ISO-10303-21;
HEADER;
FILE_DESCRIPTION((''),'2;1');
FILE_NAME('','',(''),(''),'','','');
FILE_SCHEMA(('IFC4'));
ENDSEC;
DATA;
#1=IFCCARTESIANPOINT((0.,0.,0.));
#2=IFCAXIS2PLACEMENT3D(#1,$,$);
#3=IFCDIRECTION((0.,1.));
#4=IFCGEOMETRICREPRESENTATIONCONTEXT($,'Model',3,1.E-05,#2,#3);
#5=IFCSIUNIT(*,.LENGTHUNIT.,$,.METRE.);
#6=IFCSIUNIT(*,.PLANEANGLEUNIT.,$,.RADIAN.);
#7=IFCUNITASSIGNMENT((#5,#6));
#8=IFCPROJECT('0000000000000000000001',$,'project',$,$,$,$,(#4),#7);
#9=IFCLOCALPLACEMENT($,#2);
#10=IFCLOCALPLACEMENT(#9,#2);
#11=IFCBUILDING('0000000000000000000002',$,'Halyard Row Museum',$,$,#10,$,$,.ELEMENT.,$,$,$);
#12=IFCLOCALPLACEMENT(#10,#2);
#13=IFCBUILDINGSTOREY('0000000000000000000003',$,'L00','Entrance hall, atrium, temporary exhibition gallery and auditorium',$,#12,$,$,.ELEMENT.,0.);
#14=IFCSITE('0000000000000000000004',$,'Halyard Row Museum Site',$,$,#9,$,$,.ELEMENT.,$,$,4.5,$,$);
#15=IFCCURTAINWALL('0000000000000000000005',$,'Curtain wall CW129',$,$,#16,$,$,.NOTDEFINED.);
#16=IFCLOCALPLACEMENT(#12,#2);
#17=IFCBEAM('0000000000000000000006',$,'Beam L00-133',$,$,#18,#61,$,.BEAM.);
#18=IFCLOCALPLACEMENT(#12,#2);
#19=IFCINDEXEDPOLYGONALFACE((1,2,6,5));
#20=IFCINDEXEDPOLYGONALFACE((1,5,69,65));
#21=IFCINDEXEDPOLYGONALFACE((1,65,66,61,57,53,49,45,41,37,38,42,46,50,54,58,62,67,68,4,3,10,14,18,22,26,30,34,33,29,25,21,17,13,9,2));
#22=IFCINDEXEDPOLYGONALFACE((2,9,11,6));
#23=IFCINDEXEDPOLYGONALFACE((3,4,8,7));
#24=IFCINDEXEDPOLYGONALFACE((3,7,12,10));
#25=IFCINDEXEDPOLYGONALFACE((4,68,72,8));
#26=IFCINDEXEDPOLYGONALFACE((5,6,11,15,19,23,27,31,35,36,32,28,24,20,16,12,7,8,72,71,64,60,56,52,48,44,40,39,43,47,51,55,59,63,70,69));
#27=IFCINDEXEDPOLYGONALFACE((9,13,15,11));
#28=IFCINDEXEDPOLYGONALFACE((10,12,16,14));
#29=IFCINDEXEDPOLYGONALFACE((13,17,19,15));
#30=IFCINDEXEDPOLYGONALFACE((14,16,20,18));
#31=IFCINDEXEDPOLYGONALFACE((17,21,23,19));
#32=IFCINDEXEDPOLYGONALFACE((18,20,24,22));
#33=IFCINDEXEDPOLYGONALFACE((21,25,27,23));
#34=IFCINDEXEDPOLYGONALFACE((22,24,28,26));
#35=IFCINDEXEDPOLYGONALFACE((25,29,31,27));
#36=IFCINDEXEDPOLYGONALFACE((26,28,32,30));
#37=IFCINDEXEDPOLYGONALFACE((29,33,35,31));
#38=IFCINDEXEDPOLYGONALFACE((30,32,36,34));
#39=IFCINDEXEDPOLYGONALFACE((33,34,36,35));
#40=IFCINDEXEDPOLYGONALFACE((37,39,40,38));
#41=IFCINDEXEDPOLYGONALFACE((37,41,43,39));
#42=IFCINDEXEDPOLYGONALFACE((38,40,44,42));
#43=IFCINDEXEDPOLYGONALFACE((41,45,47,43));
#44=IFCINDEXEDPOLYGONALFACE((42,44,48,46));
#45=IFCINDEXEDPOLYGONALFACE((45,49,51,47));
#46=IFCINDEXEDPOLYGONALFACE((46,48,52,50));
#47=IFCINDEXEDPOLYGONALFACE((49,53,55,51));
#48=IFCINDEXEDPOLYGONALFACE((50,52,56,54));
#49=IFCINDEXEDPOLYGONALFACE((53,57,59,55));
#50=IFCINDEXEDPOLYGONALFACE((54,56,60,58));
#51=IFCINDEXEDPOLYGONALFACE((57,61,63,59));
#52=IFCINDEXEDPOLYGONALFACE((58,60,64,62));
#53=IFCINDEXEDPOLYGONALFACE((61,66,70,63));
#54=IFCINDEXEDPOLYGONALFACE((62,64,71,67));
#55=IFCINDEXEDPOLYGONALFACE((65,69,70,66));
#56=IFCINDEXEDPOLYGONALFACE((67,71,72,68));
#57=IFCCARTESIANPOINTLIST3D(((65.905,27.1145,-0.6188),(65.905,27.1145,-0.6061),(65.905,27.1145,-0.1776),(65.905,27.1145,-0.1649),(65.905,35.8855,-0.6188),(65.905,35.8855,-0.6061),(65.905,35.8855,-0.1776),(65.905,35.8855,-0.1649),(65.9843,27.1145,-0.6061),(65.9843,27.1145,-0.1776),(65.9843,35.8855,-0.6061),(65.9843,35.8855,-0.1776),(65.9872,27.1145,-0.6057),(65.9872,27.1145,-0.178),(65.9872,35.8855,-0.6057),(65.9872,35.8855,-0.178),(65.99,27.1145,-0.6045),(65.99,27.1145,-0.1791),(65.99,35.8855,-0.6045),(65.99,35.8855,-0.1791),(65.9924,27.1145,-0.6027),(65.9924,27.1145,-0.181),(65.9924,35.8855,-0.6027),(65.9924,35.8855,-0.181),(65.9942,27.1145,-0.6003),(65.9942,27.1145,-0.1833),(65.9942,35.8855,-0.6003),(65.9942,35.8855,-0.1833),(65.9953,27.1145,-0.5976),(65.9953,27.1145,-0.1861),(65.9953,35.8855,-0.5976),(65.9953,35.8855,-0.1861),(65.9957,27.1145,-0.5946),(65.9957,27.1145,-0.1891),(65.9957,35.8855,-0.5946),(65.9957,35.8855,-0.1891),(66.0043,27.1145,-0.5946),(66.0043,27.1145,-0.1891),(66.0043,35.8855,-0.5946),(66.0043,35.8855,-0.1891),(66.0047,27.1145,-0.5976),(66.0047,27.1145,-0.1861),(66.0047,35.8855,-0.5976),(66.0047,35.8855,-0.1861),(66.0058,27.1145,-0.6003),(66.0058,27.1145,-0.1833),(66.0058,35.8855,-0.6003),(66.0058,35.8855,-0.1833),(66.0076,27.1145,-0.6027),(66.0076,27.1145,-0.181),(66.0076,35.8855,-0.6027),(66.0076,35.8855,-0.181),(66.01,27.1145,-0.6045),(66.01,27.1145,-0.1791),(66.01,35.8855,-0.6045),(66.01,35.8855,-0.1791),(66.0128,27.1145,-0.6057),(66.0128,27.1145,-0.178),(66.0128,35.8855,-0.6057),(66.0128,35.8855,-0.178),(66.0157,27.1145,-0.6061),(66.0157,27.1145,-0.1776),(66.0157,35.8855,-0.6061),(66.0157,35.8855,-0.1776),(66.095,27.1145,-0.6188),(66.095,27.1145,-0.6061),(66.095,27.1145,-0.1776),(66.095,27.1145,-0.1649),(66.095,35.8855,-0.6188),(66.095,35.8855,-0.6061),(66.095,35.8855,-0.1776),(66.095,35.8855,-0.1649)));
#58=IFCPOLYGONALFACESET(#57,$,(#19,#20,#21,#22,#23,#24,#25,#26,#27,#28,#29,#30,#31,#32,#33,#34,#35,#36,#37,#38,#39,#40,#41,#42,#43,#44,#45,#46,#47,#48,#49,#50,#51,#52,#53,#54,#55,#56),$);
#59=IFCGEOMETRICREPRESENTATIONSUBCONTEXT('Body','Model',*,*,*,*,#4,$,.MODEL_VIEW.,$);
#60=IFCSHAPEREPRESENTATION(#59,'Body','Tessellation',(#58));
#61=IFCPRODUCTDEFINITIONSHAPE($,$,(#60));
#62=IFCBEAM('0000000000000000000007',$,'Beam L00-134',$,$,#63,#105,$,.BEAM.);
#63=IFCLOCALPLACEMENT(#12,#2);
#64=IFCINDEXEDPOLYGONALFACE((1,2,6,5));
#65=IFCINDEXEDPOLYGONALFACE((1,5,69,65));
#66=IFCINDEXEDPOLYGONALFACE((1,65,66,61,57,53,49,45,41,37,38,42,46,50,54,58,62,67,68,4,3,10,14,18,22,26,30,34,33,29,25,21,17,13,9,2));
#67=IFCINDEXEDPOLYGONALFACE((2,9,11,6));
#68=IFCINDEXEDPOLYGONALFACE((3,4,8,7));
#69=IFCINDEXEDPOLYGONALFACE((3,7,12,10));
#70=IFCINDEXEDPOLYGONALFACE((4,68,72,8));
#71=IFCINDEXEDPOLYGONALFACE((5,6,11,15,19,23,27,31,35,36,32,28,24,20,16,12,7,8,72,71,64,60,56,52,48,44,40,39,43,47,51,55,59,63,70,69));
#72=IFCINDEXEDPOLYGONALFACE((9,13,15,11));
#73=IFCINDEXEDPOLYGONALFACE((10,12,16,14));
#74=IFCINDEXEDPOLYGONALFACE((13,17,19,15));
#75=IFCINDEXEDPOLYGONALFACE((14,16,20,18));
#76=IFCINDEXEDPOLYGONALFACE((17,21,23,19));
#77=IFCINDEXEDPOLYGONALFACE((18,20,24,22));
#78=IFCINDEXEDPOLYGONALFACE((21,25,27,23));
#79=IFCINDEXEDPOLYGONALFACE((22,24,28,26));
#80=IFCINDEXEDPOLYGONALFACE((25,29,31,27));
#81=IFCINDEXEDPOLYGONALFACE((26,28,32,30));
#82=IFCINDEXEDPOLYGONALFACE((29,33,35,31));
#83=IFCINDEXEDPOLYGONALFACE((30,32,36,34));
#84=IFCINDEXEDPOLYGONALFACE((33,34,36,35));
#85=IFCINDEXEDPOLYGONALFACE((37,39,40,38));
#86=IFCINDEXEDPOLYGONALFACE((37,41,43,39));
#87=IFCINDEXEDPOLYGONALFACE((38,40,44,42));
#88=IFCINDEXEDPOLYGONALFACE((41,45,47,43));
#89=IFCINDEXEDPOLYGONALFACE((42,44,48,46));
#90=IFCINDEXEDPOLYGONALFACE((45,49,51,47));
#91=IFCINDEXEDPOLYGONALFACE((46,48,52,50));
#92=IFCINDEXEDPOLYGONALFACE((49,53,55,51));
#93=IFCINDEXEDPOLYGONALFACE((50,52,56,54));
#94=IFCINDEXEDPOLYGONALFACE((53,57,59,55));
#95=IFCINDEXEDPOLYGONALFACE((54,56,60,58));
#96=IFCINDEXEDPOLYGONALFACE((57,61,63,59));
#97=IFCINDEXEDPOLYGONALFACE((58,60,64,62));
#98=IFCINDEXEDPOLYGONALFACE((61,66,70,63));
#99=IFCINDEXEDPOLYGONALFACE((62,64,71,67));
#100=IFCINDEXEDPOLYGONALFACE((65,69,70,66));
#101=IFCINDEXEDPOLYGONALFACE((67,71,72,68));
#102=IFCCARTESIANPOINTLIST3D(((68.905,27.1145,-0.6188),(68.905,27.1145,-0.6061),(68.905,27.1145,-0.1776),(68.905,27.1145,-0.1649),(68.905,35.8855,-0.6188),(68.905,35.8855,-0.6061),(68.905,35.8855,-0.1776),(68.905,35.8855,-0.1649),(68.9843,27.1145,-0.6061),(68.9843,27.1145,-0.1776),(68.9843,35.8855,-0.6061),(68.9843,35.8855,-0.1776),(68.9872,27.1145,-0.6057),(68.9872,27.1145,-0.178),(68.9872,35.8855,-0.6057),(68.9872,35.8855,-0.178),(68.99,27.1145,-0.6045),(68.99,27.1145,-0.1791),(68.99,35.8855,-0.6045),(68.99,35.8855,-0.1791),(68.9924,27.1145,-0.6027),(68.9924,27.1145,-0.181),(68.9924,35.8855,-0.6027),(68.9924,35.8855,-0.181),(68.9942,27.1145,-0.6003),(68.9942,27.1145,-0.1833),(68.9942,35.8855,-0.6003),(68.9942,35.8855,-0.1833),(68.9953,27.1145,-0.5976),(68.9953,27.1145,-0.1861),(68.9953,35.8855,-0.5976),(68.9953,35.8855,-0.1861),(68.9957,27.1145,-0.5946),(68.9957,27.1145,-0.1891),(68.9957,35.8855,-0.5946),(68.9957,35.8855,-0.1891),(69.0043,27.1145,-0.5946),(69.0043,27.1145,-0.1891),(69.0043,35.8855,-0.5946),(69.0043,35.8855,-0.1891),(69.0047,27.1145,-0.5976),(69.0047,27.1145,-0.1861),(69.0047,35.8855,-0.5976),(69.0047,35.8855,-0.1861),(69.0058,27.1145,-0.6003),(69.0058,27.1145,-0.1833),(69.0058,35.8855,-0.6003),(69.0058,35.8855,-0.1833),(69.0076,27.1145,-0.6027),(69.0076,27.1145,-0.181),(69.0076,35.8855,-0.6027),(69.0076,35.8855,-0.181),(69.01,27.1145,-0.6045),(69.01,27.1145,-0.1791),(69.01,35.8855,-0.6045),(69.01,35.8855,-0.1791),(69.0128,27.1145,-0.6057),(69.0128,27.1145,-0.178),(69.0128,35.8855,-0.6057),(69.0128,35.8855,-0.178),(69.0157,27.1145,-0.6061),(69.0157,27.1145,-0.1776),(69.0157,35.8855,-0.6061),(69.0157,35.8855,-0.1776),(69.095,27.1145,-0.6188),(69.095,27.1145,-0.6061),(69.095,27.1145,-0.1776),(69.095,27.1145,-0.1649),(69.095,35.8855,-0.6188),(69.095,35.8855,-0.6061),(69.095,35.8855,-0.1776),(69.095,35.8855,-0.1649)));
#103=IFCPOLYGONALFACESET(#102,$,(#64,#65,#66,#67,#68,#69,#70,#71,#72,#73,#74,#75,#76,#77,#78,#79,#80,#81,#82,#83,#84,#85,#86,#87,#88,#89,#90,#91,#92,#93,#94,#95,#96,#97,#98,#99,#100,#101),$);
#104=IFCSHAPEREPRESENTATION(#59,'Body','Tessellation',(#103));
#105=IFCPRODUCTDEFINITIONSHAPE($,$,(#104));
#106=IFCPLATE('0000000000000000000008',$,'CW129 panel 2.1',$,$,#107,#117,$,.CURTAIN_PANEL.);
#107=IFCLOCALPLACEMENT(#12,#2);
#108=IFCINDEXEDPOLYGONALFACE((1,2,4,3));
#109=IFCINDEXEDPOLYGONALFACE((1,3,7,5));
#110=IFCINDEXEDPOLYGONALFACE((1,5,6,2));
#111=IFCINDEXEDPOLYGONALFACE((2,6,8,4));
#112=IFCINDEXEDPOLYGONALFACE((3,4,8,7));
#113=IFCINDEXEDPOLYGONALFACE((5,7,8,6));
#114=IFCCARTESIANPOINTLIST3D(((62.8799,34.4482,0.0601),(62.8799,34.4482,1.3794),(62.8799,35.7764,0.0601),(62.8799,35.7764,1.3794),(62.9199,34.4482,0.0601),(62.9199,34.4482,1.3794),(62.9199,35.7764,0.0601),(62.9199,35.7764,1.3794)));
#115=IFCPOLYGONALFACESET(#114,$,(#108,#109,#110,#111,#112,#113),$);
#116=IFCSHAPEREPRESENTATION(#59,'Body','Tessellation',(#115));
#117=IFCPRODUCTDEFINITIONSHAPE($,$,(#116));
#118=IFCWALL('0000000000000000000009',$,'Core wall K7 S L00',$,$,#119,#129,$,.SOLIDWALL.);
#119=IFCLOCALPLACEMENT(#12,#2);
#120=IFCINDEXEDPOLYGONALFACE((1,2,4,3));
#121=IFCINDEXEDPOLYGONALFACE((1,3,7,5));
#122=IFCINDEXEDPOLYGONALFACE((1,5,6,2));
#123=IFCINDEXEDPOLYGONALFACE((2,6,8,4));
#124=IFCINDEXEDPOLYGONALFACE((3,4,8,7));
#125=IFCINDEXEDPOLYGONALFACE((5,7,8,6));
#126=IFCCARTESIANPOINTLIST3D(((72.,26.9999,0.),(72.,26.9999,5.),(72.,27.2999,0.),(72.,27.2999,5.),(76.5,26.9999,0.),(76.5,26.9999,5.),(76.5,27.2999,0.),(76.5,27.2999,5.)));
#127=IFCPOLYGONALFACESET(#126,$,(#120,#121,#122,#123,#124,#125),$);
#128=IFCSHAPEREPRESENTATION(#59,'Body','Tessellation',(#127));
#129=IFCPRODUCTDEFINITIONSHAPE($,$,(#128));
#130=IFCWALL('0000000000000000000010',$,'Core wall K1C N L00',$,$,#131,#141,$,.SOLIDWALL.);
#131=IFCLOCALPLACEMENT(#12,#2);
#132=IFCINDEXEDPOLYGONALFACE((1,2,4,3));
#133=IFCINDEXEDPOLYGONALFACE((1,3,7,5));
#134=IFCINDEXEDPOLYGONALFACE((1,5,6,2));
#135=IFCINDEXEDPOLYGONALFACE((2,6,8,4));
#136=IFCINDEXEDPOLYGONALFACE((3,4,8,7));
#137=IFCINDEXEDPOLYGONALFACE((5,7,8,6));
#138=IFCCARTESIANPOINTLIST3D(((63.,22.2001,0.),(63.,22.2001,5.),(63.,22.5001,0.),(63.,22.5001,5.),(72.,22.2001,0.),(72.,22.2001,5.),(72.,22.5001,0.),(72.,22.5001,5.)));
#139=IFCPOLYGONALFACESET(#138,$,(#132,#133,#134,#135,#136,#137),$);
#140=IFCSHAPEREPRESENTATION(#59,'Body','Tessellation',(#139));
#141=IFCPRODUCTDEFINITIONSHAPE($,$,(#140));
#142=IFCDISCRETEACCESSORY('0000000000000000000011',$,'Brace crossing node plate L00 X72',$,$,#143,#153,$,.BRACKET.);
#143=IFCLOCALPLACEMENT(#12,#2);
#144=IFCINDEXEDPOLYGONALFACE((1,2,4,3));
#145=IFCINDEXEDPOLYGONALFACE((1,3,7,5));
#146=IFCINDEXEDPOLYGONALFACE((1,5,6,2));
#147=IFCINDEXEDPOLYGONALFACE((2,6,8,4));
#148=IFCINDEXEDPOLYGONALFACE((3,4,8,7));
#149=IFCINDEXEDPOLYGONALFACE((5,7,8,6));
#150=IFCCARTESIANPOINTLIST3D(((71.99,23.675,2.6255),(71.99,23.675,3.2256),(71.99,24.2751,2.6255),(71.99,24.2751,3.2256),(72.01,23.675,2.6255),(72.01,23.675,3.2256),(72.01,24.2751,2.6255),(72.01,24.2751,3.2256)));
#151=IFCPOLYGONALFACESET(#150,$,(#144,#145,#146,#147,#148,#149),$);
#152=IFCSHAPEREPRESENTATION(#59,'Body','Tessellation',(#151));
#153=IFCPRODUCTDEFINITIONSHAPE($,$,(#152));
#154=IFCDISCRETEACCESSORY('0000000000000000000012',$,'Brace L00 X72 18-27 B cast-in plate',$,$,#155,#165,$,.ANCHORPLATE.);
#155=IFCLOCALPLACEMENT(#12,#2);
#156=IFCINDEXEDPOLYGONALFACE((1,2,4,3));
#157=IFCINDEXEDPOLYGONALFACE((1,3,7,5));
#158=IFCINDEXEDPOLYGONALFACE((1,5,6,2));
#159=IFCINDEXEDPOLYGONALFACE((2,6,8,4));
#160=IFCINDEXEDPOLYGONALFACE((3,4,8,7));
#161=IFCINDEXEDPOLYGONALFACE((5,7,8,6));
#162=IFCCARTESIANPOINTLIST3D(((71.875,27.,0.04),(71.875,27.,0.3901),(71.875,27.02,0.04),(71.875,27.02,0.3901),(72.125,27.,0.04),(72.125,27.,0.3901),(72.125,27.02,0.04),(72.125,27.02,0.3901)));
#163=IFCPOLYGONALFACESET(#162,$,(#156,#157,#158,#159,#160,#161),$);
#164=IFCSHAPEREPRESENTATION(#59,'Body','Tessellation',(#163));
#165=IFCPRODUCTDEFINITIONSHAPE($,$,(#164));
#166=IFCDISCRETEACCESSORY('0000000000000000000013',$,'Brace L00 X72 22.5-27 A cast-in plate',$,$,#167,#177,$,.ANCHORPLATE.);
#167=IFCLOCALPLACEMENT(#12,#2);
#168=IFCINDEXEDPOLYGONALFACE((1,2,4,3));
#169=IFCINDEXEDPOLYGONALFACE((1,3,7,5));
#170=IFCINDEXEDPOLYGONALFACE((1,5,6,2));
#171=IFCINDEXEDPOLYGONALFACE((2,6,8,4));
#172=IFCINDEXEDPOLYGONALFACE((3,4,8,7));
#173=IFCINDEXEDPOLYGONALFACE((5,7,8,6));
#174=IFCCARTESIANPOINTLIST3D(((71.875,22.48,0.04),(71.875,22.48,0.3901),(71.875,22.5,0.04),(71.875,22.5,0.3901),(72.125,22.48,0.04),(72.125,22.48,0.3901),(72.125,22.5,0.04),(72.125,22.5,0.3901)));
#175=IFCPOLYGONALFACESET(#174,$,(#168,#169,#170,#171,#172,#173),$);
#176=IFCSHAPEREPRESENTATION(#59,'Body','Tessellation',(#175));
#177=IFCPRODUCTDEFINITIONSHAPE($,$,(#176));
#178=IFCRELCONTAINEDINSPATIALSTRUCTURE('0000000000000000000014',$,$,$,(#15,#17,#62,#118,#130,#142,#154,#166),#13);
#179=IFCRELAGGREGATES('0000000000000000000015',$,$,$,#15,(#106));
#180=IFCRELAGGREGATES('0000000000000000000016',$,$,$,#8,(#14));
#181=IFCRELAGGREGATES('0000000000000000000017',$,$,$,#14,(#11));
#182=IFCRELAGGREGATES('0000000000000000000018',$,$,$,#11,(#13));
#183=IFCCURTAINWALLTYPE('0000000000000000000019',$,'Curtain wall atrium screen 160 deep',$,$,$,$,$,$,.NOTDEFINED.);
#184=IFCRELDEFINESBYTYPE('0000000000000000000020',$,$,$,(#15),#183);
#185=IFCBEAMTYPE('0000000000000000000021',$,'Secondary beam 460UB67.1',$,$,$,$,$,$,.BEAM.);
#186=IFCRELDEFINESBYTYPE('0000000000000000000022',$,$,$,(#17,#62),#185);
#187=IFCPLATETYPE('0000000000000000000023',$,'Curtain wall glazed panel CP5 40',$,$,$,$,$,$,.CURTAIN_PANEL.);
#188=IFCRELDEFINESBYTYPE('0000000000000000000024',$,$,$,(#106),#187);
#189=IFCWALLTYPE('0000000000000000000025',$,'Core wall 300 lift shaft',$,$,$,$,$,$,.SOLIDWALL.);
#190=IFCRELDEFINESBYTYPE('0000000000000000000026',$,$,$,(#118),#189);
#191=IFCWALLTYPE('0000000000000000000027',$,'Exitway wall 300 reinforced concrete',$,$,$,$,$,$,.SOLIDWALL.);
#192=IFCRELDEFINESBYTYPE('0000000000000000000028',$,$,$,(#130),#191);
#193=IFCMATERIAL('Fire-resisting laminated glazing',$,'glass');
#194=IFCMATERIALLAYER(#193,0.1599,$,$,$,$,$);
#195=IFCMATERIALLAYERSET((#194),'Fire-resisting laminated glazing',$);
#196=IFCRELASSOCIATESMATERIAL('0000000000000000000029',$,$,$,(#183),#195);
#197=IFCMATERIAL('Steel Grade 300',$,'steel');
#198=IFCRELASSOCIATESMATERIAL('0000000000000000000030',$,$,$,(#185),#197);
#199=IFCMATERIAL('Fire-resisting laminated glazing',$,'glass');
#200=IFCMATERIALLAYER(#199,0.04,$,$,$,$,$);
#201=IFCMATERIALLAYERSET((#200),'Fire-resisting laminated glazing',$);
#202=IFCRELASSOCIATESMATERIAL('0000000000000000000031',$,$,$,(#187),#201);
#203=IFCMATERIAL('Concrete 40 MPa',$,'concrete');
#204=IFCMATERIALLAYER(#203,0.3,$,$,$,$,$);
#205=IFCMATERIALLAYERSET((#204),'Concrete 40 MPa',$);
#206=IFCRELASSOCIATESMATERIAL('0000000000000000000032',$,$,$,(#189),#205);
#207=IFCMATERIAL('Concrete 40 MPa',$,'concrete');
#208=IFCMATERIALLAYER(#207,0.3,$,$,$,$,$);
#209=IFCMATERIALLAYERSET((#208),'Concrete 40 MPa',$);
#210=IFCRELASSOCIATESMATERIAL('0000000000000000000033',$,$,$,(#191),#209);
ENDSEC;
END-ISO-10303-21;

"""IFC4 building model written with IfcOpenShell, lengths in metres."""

from ifc_helpers import new_model, si_unit, direction, frame, frame_2d, origin, origin_2d, place, context, subcontext, project, spatial, rectangle, i_section, extrude, material, layer, layer_set, material_profile, profile_set, type_object, element, aggregate, save


model = new_model("IFC4")

# Units and contexts
model_context = context("Model", 3, precision=1e-05, world=origin(), true_north=direction((0.0, 1.0)))
body_context = subcontext(model_context, "Body", "Model", "MODEL_VIEW")
ifc_project = project(units=[si_unit("LENGTHUNIT", "METRE"), si_unit("PLANEANGLEUNIT", "RADIAN")], contexts=[model_context])

# Site, building, storey
site_placement = place(None, origin())
site = spatial("IfcSite", under=ifc_project, at=site_placement, Name="Halyard Row Museum Site", CompositionType="ELEMENT", RefElevation=4.5)
building_placement = place(site_placement, origin())
building = spatial("IfcBuilding", under=site, at=building_placement, Name="Halyard Row Museum", CompositionType="ELEMENT")
storey_placement = place(building_placement, origin())
storey = spatial("IfcBuildingStorey", under=building, at=storey_placement, Name="L00", Description="Entrance hall, atrium, temporary exhibition gallery and auditorium", CompositionType="ELEMENT", Elevation=0.0)

# Curtain wall
ifc_material_1 = material(Name="Fire-resisting laminated glazing", Category="glass")
ifc_layer_1 = layer(ifc_material_1, 0.1599)
ifc_layer_set_1 = layer_set([ifc_layer_1], Name="Fire-resisting laminated glazing")
curtain_wall_type = type_object("IfcCurtainWallType", Name="Curtain wall atrium screen 160 deep", PredefinedType="NOTDEFINED", material=ifc_layer_set_1)
curtain_wall_placement = place(storey_placement, origin())
curtain_wall = element("IfcCurtainWall", 1, at=curtain_wall_placement, inside=storey, type_object=curtain_wall_type, Name="Curtain wall CW129", PredefinedType="NOTDEFINED")

# Beams
ifc_material_2 = material(Name="Steel Grade 300", Category="steel")
ifc_material_profile_1 = material_profile(ifc_material_2, i_section(OverallWidth=0.1899, OverallDepth=0.4539, WebThickness=0.0085, FlangeThickness=0.0127, FilletRadius=0.0115, at=origin_2d()), Name="460UB67.1")
ifc_profile_set_1 = profile_set([ifc_material_profile_1], Name="Steel Grade 300")
beam_type_1 = type_object("IfcBeamType", Name="Secondary beam 460UB67.1", PredefinedType="BEAM", material=ifc_profile_set_1)
for number, where, z_axis, x_axis, name in (
    (2, (66.0, 27.1145, -0.3918), (0.0, 1.0, 0.0), (-1.0, 0.0, 0.0), "Beam L00-133"),
    (3, (69.0, 27.1145, -0.3918), (0.0, 1.0, 0.0), (-1.0, 0.0, 0.0), "Beam L00-134"),
):
    element("IfcBeam", number, at=place(storey_placement, frame(where, z_axis=z_axis, x_axis=x_axis)), inside=storey, type_object=beam_type_1, Name=name, PredefinedType="BEAM", context=body_context, shape_type="SweptSolid", body=[
        extrude(i_section(OverallWidth=0.1899, OverallDepth=0.4539, WebThickness=0.0085, FlangeThickness=0.0127, FilletRadius=0.0115, at=origin_2d()), origin(), (0.0, 0.0, 1.0), 8.771),
    ])

# Plate
ifc_material_3 = material(Name="Fire-resisting laminated glazing", Category="glass")
ifc_layer_2 = layer(ifc_material_3, 0.04)
ifc_layer_set_2 = layer_set([ifc_layer_2], Name="Fire-resisting laminated glazing")
plate_type = type_object("IfcPlateType", Name="Curtain wall glazed panel CP5 40", PredefinedType="CURTAIN_PANEL", material=ifc_layer_set_2)
plate_placement = place(storey_placement, frame((62.8999, 35.1123, 0.0601), z_axis=(0.0, 0.0, 1.0), x_axis=(0.0, 1.0, 0.0)))
plate = element("IfcPlate", 4, at=plate_placement, type_object=plate_type, Name="CW129 panel 2.1", PredefinedType="CURTAIN_PANEL", context=body_context, shape_type="SweptSolid", body=[
    extrude(rectangle(XDim=1.3281, YDim=0.04, at=origin_2d()), origin(), (0.0, 0.0, 1.0), 1.3193),
])
aggregate(curtain_wall, [plate])

# Walls
ifc_material_4 = material(Name="Concrete 40 MPa", Category="concrete")
ifc_layer_3 = layer(ifc_material_4, 0.3)
ifc_layer_set_3 = layer_set([ifc_layer_3], Name="Concrete 40 MPa")
wall_type_1 = type_object("IfcWallType", Name="Core wall 300 lift shaft", PredefinedType="SOLIDWALL", material=ifc_layer_set_3)
wall_1_placement = place(storey_placement, frame((72.0, 27.1499, 0.0), z_axis=(0.0, 0.0, 1.0), x_axis=(1.0, 0.0, 0.0)))
element("IfcWall", 5, at=wall_1_placement, inside=storey, type_object=wall_type_1, Name="Core wall K7 S L00", PredefinedType="SOLIDWALL", context=body_context, shape_type="SweptSolid", body=[
    extrude(rectangle(XDim=4.5, YDim=0.3, at=frame_2d((2.25, 0.0))), origin(), (0.0, 0.0, 1.0), 5.0),
])
ifc_material_5 = material(Name="Concrete 40 MPa", Category="concrete")
ifc_layer_4 = layer(ifc_material_5, 0.3)
ifc_layer_set_4 = layer_set([ifc_layer_4], Name="Concrete 40 MPa")
wall_type_2 = type_object("IfcWallType", Name="Exitway wall 300 reinforced concrete", PredefinedType="SOLIDWALL", material=ifc_layer_set_4)
wall_2_placement = place(storey_placement, frame((63.0, 22.3501, 0.0), z_axis=(0.0, 0.0, 1.0), x_axis=(1.0, 0.0, 0.0)))
element("IfcWall", 6, at=wall_2_placement, inside=storey, type_object=wall_type_2, Name="Core wall K1C N L00", PredefinedType="SOLIDWALL", context=body_context, shape_type="SweptSolid", body=[
    extrude(rectangle(XDim=9.0, YDim=0.3, at=frame_2d((4.5, 0.0))), origin(), (0.0, 0.0, 1.0), 5.0),
])

# Discrete accessories
discrete_accessory_placement = place(storey_placement, frame((72.0, 23.9751, 2.6255), z_axis=(0.0, 0.0, 1.0), x_axis=(1.0, 0.0, 0.0)))
element("IfcDiscreteAccessory", 7, at=discrete_accessory_placement, inside=storey, Name="Brace crossing node plate L00 X72", PredefinedType="BRACKET", context=body_context, shape_type="SweptSolid", body=[
    extrude(rectangle(XDim=0.02, YDim=0.6001, at=origin_2d()), origin(), (0.0, 0.0, 1.0), 0.6001),
])
for number, where, z_axis, x_axis, name in (
    (8, (72.0, 27.0, 0.2151), (0.0, 1.0, 0.0), (-1.0, 0.0, 0.0), "Brace L00 X72 18-27 B cast-in plate"),
    (9, (72.0, 22.5, 0.2151), (0.0, -1.0, 0.0), (1.0, 0.0, 0.0), "Brace L00 X72 22.5-27 A cast-in plate"),
):
    element("IfcDiscreteAccessory", number, at=place(storey_placement, frame(where, z_axis=z_axis, x_axis=x_axis)), inside=storey, Name=name, PredefinedType="ANCHORPLATE", context=body_context, shape_type="SweptSolid", body=[
        extrude(rectangle(XDim=0.25, YDim=0.3501, at=origin_2d()), origin(), (0.0, 0.0, 1.0), 0.02),
    ])

save(model, "model.ifc")
